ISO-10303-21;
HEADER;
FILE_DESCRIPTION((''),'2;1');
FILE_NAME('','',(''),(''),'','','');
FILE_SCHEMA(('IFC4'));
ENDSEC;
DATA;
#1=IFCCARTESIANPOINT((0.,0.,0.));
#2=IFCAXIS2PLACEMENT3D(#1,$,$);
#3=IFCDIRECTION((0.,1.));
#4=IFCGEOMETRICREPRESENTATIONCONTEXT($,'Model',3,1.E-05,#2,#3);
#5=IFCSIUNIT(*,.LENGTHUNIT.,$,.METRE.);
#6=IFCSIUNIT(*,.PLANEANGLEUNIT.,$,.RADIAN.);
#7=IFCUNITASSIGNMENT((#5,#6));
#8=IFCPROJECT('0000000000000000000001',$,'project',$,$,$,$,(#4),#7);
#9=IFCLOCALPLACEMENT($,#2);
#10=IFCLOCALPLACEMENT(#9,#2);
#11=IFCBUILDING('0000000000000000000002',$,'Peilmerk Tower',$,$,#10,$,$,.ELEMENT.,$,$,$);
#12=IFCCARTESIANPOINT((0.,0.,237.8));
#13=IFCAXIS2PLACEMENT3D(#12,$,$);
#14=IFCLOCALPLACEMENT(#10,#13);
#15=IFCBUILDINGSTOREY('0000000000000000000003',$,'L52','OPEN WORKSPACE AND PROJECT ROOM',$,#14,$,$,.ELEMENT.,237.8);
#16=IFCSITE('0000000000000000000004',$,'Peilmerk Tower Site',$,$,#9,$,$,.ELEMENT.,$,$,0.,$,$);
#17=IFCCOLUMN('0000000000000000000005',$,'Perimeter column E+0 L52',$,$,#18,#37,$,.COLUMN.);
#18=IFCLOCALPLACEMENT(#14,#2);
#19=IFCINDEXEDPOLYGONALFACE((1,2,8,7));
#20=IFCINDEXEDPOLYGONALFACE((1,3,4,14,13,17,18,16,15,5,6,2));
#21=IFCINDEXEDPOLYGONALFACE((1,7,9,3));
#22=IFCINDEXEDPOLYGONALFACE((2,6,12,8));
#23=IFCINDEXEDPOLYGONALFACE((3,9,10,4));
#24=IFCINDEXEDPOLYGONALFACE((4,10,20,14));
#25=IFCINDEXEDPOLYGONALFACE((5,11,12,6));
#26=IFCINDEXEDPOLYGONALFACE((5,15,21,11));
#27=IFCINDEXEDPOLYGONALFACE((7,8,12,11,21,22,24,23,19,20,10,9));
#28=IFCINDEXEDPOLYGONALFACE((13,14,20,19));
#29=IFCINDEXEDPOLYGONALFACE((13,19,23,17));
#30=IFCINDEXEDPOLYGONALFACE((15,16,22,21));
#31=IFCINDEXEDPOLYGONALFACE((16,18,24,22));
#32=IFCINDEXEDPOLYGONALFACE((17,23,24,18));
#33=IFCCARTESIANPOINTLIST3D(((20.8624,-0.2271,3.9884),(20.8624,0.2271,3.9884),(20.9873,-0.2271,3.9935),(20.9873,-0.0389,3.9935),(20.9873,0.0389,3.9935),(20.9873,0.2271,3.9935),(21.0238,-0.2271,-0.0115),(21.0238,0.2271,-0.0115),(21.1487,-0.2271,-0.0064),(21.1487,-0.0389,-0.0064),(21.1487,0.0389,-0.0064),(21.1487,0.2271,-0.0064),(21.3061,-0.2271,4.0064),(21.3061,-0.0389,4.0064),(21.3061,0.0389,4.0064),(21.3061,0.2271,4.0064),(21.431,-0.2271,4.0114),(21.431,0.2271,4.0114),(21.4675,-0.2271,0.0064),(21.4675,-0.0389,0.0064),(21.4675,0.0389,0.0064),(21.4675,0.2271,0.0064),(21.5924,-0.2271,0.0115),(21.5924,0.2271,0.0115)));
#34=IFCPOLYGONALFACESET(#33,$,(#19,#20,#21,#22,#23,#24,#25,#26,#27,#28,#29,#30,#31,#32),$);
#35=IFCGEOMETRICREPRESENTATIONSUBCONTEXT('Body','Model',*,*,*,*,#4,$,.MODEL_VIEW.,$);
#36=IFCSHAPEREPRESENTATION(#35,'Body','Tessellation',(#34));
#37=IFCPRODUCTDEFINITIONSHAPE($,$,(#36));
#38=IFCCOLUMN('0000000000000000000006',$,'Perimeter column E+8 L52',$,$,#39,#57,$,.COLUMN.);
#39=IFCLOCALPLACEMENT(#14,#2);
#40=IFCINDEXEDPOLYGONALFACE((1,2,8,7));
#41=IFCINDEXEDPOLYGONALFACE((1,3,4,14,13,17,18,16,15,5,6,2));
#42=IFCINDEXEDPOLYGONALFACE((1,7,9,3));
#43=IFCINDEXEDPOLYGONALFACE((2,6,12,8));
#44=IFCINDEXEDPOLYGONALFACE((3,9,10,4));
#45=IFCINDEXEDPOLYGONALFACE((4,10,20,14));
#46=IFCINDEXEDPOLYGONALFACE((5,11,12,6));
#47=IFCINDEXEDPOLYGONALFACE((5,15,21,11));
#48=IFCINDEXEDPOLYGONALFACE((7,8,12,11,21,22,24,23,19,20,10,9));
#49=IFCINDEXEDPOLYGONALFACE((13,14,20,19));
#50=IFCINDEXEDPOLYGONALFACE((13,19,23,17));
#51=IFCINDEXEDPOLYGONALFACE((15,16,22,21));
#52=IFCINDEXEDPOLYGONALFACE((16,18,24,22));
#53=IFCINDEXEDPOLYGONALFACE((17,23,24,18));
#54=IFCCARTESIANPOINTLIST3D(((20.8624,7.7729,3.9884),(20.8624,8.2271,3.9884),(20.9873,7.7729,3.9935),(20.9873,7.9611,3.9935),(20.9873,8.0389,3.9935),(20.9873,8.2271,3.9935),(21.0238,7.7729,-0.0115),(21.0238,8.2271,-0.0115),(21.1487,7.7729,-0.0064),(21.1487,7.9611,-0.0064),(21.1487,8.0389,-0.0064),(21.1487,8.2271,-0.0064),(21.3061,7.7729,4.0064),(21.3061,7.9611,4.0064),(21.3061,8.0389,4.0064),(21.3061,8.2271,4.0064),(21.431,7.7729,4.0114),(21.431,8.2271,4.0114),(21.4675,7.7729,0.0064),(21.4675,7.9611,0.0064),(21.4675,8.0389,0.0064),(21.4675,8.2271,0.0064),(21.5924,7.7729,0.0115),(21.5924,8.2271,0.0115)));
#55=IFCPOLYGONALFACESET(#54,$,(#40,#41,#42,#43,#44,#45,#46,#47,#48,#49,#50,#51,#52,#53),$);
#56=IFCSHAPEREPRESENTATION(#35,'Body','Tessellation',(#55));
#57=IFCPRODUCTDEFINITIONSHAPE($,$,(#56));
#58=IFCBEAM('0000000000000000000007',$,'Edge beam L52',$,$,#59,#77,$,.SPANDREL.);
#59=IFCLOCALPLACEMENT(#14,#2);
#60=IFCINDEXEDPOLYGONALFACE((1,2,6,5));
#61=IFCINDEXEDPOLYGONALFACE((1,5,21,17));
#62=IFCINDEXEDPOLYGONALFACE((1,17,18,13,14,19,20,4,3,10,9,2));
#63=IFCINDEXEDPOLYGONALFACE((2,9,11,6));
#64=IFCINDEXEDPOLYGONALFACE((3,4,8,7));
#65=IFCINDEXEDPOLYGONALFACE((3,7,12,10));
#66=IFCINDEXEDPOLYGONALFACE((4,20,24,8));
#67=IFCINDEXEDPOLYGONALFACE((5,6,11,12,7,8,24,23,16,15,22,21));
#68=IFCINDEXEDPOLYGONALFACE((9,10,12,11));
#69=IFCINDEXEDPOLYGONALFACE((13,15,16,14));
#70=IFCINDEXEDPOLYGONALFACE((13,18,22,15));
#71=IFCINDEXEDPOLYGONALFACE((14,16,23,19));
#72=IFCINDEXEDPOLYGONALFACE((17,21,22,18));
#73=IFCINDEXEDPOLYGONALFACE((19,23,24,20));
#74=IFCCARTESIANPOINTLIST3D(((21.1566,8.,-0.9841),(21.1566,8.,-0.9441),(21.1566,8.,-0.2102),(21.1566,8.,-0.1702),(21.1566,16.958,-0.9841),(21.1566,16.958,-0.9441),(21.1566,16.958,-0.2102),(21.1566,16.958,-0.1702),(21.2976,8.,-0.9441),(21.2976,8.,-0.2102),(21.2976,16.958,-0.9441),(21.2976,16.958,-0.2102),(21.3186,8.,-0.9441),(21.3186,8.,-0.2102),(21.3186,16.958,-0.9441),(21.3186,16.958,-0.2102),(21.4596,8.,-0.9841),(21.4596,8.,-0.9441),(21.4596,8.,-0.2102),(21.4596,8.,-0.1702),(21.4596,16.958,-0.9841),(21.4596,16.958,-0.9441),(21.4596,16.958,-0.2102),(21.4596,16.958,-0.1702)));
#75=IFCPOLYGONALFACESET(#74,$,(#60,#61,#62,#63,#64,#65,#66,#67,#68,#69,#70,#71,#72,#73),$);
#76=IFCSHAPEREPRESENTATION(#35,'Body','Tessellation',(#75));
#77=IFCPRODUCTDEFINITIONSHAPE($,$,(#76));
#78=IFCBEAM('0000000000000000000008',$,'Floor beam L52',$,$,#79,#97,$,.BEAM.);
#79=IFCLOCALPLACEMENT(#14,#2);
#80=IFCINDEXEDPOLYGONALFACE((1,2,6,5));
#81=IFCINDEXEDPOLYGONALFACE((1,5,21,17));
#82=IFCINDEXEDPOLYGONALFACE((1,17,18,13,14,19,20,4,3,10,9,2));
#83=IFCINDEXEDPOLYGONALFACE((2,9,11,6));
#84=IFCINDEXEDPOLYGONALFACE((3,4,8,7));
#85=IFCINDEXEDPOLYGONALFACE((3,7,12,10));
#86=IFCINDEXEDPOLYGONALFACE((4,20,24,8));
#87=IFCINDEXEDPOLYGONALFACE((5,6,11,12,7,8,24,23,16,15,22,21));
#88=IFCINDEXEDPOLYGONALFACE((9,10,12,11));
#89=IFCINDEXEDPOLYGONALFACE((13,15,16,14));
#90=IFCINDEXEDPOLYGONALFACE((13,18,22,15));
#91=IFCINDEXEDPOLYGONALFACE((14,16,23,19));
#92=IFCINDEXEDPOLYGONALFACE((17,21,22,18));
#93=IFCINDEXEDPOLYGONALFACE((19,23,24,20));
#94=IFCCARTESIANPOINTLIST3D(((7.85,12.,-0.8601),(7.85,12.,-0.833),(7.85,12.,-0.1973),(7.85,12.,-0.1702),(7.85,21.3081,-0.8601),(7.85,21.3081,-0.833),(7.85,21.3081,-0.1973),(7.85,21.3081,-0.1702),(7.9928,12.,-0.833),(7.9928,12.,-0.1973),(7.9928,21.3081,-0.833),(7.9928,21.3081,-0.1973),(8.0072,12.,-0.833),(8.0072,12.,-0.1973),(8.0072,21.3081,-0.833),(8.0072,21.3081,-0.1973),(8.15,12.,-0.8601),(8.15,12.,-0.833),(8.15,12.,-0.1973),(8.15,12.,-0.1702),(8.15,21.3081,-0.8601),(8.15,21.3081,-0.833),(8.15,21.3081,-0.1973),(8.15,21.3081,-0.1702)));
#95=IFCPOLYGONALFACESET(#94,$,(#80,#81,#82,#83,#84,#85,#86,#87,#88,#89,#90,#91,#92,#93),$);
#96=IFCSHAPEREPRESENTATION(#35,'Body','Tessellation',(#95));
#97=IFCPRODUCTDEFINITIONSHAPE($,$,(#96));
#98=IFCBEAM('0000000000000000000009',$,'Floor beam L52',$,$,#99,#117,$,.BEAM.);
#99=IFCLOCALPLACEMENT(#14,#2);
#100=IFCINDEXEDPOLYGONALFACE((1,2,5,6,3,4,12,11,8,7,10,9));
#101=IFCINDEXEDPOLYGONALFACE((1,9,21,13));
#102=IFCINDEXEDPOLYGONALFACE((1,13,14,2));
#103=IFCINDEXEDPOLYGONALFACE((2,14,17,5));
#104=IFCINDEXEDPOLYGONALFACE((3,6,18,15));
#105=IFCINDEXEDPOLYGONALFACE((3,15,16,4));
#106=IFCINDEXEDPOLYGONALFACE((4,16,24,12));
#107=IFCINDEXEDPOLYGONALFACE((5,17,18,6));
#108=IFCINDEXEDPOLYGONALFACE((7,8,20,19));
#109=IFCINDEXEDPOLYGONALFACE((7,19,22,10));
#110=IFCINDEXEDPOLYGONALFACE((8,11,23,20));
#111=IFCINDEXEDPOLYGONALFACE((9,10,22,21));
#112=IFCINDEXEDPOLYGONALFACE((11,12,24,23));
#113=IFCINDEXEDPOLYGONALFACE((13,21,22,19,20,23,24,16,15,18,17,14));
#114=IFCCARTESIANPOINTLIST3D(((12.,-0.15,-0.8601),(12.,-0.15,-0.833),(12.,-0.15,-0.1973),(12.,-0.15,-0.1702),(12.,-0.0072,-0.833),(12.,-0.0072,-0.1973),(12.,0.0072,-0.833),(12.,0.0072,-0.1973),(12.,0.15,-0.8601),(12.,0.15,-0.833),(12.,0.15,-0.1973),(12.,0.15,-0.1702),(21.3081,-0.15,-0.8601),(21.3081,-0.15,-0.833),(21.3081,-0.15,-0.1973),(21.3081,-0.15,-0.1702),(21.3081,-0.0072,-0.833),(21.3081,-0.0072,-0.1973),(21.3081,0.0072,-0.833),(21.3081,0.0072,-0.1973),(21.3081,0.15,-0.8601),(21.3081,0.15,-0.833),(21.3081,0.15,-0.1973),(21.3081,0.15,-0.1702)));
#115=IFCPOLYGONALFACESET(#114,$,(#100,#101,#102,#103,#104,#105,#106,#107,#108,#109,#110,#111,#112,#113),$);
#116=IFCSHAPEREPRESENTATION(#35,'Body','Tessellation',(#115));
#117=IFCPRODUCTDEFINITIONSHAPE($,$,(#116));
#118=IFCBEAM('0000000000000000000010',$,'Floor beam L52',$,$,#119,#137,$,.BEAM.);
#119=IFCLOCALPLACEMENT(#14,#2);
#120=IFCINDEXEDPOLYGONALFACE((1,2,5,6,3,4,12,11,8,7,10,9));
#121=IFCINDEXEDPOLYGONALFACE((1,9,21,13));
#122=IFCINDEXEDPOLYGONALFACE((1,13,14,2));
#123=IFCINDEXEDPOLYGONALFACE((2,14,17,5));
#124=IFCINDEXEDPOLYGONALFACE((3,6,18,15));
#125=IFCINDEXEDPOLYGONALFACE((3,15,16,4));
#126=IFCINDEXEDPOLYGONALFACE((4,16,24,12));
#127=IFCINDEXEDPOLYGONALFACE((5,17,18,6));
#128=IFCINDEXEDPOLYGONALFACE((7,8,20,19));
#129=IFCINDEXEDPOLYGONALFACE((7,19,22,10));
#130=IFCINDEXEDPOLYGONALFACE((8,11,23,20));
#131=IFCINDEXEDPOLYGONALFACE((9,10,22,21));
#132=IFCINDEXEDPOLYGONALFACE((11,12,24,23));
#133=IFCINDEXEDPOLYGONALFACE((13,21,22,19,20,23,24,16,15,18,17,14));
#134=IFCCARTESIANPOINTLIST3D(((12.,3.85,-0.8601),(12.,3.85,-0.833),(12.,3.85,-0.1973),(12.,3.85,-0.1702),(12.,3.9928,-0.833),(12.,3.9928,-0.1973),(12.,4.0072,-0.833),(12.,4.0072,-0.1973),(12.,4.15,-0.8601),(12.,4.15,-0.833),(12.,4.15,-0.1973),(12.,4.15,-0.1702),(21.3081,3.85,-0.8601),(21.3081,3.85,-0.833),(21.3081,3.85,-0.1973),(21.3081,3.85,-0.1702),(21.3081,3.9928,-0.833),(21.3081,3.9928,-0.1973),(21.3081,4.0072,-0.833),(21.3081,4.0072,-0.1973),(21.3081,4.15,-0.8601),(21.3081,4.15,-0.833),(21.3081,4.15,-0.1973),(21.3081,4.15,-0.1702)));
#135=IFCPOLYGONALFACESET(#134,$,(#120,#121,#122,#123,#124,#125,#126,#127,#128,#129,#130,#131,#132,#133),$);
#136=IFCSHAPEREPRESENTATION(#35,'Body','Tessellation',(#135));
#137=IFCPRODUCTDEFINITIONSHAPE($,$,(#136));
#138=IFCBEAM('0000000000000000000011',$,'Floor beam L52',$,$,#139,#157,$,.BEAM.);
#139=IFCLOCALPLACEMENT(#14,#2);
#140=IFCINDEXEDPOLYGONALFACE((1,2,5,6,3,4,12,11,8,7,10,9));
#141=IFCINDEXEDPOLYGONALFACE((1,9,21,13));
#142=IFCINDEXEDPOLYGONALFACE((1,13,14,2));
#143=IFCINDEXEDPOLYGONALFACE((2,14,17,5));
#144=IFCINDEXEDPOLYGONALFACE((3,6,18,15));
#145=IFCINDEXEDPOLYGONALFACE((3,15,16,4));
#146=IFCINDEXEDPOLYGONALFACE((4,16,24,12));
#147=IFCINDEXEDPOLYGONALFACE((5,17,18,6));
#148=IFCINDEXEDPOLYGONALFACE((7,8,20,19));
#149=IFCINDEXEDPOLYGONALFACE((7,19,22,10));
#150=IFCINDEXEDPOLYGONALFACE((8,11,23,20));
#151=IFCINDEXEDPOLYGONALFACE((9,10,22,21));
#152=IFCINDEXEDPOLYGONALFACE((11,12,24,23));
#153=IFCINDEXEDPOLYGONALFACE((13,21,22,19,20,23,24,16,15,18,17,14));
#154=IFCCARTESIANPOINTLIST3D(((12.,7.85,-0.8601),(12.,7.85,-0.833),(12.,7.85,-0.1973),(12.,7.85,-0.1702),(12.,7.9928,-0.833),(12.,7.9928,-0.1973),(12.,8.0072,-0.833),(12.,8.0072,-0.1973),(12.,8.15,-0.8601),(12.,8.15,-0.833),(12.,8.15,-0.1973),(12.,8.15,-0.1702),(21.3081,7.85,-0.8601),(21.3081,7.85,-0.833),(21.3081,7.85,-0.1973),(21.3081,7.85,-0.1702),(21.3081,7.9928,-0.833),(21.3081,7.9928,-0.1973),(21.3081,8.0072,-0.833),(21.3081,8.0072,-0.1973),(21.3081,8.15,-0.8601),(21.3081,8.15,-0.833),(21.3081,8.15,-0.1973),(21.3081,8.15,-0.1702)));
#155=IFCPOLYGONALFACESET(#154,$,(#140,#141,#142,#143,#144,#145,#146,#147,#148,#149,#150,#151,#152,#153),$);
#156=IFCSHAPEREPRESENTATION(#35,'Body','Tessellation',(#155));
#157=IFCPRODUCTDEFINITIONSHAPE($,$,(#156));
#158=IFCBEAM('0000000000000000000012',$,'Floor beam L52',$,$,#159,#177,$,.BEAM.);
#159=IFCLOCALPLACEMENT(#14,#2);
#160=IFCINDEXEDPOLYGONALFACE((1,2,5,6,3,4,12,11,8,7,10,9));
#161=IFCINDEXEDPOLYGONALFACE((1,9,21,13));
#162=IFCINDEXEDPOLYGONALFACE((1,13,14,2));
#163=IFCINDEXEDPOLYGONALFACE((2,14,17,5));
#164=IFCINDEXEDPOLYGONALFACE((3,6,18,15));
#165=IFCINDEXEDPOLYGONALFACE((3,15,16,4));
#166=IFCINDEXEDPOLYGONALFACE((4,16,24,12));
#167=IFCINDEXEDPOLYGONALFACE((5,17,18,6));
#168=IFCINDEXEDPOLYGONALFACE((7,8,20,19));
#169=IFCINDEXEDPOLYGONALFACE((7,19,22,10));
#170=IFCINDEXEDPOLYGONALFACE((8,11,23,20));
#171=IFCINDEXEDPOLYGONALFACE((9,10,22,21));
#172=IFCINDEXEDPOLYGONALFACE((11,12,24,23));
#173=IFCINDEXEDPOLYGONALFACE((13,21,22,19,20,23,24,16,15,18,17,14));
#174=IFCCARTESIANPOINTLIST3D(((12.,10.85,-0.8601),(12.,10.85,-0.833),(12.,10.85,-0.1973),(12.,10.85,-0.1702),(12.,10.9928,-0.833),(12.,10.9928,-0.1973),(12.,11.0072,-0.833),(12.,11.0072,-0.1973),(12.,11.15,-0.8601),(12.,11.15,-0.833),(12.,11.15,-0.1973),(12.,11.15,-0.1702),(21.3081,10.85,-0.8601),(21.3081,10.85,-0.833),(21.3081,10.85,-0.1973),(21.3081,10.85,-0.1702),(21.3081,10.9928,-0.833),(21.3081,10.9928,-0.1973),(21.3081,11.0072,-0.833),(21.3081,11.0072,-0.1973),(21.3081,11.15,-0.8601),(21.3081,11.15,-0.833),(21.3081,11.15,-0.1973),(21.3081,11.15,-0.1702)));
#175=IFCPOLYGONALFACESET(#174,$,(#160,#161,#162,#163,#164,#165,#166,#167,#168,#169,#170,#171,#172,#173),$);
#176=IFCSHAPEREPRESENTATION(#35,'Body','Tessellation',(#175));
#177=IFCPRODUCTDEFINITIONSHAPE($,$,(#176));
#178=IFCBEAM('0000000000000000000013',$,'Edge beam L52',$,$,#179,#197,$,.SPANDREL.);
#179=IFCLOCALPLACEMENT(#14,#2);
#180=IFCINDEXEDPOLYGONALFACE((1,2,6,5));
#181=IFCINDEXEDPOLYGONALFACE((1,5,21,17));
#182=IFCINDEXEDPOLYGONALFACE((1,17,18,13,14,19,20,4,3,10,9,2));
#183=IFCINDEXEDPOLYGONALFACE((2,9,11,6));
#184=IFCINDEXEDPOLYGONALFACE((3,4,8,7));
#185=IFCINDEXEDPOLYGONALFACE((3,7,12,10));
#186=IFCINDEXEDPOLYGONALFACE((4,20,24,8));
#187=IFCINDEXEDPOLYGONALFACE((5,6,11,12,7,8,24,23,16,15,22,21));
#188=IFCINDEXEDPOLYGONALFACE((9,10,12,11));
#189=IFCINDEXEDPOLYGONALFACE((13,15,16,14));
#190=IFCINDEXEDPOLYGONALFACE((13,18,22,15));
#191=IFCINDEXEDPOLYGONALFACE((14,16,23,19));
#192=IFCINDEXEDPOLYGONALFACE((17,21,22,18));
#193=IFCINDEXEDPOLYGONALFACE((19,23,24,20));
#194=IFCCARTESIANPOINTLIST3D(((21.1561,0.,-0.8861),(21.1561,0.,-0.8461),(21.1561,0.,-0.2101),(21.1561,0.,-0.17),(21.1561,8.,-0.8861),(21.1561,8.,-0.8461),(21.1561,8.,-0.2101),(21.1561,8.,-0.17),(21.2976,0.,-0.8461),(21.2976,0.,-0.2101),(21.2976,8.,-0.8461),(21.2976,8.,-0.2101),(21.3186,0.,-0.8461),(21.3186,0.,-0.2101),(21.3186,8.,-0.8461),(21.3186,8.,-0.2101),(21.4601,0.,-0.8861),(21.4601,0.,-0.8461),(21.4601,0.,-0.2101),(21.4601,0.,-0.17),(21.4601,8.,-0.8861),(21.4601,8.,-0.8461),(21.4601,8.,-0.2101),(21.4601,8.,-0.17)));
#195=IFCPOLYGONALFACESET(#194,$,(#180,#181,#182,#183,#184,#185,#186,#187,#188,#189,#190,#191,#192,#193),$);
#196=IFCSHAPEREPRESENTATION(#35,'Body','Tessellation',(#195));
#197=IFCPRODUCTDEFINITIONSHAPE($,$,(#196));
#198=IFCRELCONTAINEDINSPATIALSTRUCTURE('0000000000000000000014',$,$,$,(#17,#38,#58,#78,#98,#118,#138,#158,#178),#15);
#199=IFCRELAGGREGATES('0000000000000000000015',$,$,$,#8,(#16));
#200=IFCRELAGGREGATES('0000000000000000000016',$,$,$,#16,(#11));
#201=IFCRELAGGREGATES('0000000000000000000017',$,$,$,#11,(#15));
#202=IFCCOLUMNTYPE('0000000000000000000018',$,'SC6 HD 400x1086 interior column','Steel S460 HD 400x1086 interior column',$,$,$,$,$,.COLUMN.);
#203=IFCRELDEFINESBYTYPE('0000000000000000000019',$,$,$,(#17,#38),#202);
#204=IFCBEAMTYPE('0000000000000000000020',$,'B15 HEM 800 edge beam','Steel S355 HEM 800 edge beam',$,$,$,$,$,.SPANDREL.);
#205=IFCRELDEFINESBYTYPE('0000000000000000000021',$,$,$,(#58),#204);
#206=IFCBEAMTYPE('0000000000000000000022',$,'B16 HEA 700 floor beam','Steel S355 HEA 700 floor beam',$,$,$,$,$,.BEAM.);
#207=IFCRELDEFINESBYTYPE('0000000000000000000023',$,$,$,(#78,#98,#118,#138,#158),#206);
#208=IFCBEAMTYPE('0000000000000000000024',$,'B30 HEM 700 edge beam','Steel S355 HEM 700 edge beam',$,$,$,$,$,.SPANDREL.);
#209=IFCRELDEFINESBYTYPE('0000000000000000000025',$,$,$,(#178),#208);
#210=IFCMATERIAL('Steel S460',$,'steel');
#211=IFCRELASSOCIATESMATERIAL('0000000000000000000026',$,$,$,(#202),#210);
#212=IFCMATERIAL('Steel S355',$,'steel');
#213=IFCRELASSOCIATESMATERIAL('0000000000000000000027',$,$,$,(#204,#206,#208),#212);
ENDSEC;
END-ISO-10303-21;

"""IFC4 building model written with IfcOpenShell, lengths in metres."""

from ifc_helpers import new_model, si_unit, direction, frame, origin, origin_2d, place, context, subcontext, project, spatial, i_section, extrude, material, material_profile, profile_set, type_object, element, save


model = new_model("IFC4")

# Units and contexts
model_context = context("Model", 3, precision=1e-05, world=origin(), true_north=direction((0.0, 1.0)))
body_context = subcontext(model_context, "Body", "Model", "MODEL_VIEW")
ifc_project = project(units=[si_unit("LENGTHUNIT", "METRE"), si_unit("PLANEANGLEUNIT", "RADIAN")], contexts=[model_context])

# Site, building, storey
site_placement = place(None, origin())
site = spatial("IfcSite", under=ifc_project, at=site_placement, Name="Peilmerk Tower Site", CompositionType="ELEMENT", RefElevation=0.0)
building_placement = place(site_placement, origin())
building = spatial("IfcBuilding", under=site, at=building_placement, Name="Peilmerk Tower", CompositionType="ELEMENT")
storey_placement = place(building_placement, frame((0.0, 0.0, 237.8)))
storey = spatial("IfcBuildingStorey", under=building, at=storey_placement, Name="L52", Description="OPEN WORKSPACE AND PROJECT ROOM", CompositionType="ELEMENT", Elevation=237.8)

# Columns
ifc_material_1 = material(Name="Steel S460", Category="steel")
ifc_material_profile_1 = material_profile(ifc_material_1, i_section(OverallWidth=0.4541, OverallDepth=0.5691, WebThickness=0.0779, FlangeThickness=0.125, at=origin_2d()), Name="HD 400x1086")
ifc_profile_set_1 = profile_set([ifc_material_profile_1], Name="Steel S460")
column_type = type_object("IfcColumnType", Name="SC6 HD 400x1086 interior column", Description="Steel S460 HD 400x1086 interior column", PredefinedType="COLUMN", material=ifc_profile_set_1)
for number, where, z_axis, x_axis, name in (
    (1, (21.3081, 0.0, 0.0), (-0.040311, 0.0, 0.999187), (0.0, -1.0, 0.0), "Perimeter column E+0 L52"),
    (2, (21.3081, 8.0, 0.0), (-0.040311, 0.0, 0.999187), (0.0, -1.0, 0.0), "Perimeter column E+8 L52"),
):
    element("IfcColumn", number, at=place(storey_placement, frame(where, z_axis=z_axis, x_axis=x_axis)), inside=storey, type_object=column_type, Name=name, PredefinedType="COLUMN", context=body_context, shape_type="SweptSolid", body=[
        extrude(i_section(OverallWidth=0.4541, OverallDepth=0.5691, WebThickness=0.0779, FlangeThickness=0.125, at=origin_2d()), origin(), (0.0, 0.0, 1.0), 4.0032),
    ])

# Beams
ifc_material_2 = material(Name="Steel S355", Category="steel")
ifc_material_profile_2 = material_profile(ifc_material_2, i_section(OverallWidth=0.303, OverallDepth=0.814, WebThickness=0.021, FlangeThickness=0.04, at=origin_2d()), Name="HEM 800")
ifc_profile_set_2 = profile_set([ifc_material_profile_2], Name="Steel S355")
beam_type_1 = type_object("IfcBeamType", Name="B15 HEM 800 edge beam", Description="Steel S355 HEM 800 edge beam", PredefinedType="SPANDREL", material=ifc_profile_set_2)
beam_1_placement = place(storey_placement, frame((21.3081, 8.0, -0.5771), z_axis=(0.0, 1.0, 0.0), x_axis=(-1.0, 0.0, 0.0)))
element("IfcBeam", 3, at=beam_1_placement, inside=storey, type_object=beam_type_1, Name="Edge beam L52", PredefinedType="SPANDREL", context=body_context, shape_type="SweptSolid", body=[
    extrude(i_section(OverallWidth=0.303, OverallDepth=0.814, WebThickness=0.021, FlangeThickness=0.04, at=origin_2d()), origin(), (0.0, 0.0, 1.0), 8.958),
])
ifc_material_profile_3 = material_profile(ifc_material_2, i_section(OverallWidth=0.3, OverallDepth=0.6899, WebThickness=0.0144, FlangeThickness=0.0271, at=origin_2d()), Name="HEA 700")
ifc_profile_set_3 = profile_set([ifc_material_profile_3], Name="Steel S355")
beam_type_2 = type_object("IfcBeamType", Name="B16 HEA 700 floor beam", Description="Steel S355 HEA 700 floor beam", PredefinedType="BEAM", material=ifc_profile_set_3)
for number, where, z_axis, x_axis, name in (
    (4, (8.0, 12.0, -0.5151), (0.0, 1.0, 0.0), (-1.0, 0.0, 0.0), "Floor beam L52"),
    (5, (12.0, 0.0, -0.5151), (1.0, 0.0, 0.0), (0.0, 1.0, 0.0), "Floor beam L52"),
    (6, (12.0, 4.0, -0.5151), (1.0, 0.0, 0.0), (0.0, 1.0, 0.0), "Floor beam L52"),
    (7, (12.0, 8.0, -0.5151), (1.0, 0.0, 0.0), (0.0, 1.0, 0.0), "Floor beam L52"),
    (8, (12.0, 11.0, -0.5151), (1.0, 0.0, 0.0), (0.0, 1.0, 0.0), "Floor beam L52"),
):
    element("IfcBeam", number, at=place(storey_placement, frame(where, z_axis=z_axis, x_axis=x_axis)), inside=storey, type_object=beam_type_2, Name=name, PredefinedType="BEAM", context=body_context, shape_type="SweptSolid", body=[
        extrude(i_section(OverallWidth=0.3, OverallDepth=0.6899, WebThickness=0.0144, FlangeThickness=0.0271, at=origin_2d()), origin(), (0.0, 0.0, 1.0), 9.3081),
    ])
ifc_material_profile_4 = material_profile(ifc_material_2, i_section(OverallWidth=0.304, OverallDepth=0.7161, WebThickness=0.021, FlangeThickness=0.04, at=origin_2d()), Name="HEM 700")
ifc_profile_set_4 = profile_set([ifc_material_profile_4], Name="Steel S355")
beam_type_3 = type_object("IfcBeamType", Name="B30 HEM 700 edge beam", Description="Steel S355 HEM 700 edge beam", PredefinedType="SPANDREL", material=ifc_profile_set_4)
beam_2_placement = place(storey_placement, frame((21.3081, 0.0, -0.5281), z_axis=(0.0, 1.0, 0.0), x_axis=(-1.0, 0.0, 0.0)))
element("IfcBeam", 9, at=beam_2_placement, inside=storey, type_object=beam_type_3, Name="Edge beam L52", PredefinedType="SPANDREL", context=body_context, shape_type="SweptSolid", body=[
    extrude(i_section(OverallWidth=0.304, OverallDepth=0.7161, WebThickness=0.021, FlangeThickness=0.04, at=origin_2d()), origin(), (0.0, 0.0, 1.0), 8.0),
])

save(model, "model.ifc")
